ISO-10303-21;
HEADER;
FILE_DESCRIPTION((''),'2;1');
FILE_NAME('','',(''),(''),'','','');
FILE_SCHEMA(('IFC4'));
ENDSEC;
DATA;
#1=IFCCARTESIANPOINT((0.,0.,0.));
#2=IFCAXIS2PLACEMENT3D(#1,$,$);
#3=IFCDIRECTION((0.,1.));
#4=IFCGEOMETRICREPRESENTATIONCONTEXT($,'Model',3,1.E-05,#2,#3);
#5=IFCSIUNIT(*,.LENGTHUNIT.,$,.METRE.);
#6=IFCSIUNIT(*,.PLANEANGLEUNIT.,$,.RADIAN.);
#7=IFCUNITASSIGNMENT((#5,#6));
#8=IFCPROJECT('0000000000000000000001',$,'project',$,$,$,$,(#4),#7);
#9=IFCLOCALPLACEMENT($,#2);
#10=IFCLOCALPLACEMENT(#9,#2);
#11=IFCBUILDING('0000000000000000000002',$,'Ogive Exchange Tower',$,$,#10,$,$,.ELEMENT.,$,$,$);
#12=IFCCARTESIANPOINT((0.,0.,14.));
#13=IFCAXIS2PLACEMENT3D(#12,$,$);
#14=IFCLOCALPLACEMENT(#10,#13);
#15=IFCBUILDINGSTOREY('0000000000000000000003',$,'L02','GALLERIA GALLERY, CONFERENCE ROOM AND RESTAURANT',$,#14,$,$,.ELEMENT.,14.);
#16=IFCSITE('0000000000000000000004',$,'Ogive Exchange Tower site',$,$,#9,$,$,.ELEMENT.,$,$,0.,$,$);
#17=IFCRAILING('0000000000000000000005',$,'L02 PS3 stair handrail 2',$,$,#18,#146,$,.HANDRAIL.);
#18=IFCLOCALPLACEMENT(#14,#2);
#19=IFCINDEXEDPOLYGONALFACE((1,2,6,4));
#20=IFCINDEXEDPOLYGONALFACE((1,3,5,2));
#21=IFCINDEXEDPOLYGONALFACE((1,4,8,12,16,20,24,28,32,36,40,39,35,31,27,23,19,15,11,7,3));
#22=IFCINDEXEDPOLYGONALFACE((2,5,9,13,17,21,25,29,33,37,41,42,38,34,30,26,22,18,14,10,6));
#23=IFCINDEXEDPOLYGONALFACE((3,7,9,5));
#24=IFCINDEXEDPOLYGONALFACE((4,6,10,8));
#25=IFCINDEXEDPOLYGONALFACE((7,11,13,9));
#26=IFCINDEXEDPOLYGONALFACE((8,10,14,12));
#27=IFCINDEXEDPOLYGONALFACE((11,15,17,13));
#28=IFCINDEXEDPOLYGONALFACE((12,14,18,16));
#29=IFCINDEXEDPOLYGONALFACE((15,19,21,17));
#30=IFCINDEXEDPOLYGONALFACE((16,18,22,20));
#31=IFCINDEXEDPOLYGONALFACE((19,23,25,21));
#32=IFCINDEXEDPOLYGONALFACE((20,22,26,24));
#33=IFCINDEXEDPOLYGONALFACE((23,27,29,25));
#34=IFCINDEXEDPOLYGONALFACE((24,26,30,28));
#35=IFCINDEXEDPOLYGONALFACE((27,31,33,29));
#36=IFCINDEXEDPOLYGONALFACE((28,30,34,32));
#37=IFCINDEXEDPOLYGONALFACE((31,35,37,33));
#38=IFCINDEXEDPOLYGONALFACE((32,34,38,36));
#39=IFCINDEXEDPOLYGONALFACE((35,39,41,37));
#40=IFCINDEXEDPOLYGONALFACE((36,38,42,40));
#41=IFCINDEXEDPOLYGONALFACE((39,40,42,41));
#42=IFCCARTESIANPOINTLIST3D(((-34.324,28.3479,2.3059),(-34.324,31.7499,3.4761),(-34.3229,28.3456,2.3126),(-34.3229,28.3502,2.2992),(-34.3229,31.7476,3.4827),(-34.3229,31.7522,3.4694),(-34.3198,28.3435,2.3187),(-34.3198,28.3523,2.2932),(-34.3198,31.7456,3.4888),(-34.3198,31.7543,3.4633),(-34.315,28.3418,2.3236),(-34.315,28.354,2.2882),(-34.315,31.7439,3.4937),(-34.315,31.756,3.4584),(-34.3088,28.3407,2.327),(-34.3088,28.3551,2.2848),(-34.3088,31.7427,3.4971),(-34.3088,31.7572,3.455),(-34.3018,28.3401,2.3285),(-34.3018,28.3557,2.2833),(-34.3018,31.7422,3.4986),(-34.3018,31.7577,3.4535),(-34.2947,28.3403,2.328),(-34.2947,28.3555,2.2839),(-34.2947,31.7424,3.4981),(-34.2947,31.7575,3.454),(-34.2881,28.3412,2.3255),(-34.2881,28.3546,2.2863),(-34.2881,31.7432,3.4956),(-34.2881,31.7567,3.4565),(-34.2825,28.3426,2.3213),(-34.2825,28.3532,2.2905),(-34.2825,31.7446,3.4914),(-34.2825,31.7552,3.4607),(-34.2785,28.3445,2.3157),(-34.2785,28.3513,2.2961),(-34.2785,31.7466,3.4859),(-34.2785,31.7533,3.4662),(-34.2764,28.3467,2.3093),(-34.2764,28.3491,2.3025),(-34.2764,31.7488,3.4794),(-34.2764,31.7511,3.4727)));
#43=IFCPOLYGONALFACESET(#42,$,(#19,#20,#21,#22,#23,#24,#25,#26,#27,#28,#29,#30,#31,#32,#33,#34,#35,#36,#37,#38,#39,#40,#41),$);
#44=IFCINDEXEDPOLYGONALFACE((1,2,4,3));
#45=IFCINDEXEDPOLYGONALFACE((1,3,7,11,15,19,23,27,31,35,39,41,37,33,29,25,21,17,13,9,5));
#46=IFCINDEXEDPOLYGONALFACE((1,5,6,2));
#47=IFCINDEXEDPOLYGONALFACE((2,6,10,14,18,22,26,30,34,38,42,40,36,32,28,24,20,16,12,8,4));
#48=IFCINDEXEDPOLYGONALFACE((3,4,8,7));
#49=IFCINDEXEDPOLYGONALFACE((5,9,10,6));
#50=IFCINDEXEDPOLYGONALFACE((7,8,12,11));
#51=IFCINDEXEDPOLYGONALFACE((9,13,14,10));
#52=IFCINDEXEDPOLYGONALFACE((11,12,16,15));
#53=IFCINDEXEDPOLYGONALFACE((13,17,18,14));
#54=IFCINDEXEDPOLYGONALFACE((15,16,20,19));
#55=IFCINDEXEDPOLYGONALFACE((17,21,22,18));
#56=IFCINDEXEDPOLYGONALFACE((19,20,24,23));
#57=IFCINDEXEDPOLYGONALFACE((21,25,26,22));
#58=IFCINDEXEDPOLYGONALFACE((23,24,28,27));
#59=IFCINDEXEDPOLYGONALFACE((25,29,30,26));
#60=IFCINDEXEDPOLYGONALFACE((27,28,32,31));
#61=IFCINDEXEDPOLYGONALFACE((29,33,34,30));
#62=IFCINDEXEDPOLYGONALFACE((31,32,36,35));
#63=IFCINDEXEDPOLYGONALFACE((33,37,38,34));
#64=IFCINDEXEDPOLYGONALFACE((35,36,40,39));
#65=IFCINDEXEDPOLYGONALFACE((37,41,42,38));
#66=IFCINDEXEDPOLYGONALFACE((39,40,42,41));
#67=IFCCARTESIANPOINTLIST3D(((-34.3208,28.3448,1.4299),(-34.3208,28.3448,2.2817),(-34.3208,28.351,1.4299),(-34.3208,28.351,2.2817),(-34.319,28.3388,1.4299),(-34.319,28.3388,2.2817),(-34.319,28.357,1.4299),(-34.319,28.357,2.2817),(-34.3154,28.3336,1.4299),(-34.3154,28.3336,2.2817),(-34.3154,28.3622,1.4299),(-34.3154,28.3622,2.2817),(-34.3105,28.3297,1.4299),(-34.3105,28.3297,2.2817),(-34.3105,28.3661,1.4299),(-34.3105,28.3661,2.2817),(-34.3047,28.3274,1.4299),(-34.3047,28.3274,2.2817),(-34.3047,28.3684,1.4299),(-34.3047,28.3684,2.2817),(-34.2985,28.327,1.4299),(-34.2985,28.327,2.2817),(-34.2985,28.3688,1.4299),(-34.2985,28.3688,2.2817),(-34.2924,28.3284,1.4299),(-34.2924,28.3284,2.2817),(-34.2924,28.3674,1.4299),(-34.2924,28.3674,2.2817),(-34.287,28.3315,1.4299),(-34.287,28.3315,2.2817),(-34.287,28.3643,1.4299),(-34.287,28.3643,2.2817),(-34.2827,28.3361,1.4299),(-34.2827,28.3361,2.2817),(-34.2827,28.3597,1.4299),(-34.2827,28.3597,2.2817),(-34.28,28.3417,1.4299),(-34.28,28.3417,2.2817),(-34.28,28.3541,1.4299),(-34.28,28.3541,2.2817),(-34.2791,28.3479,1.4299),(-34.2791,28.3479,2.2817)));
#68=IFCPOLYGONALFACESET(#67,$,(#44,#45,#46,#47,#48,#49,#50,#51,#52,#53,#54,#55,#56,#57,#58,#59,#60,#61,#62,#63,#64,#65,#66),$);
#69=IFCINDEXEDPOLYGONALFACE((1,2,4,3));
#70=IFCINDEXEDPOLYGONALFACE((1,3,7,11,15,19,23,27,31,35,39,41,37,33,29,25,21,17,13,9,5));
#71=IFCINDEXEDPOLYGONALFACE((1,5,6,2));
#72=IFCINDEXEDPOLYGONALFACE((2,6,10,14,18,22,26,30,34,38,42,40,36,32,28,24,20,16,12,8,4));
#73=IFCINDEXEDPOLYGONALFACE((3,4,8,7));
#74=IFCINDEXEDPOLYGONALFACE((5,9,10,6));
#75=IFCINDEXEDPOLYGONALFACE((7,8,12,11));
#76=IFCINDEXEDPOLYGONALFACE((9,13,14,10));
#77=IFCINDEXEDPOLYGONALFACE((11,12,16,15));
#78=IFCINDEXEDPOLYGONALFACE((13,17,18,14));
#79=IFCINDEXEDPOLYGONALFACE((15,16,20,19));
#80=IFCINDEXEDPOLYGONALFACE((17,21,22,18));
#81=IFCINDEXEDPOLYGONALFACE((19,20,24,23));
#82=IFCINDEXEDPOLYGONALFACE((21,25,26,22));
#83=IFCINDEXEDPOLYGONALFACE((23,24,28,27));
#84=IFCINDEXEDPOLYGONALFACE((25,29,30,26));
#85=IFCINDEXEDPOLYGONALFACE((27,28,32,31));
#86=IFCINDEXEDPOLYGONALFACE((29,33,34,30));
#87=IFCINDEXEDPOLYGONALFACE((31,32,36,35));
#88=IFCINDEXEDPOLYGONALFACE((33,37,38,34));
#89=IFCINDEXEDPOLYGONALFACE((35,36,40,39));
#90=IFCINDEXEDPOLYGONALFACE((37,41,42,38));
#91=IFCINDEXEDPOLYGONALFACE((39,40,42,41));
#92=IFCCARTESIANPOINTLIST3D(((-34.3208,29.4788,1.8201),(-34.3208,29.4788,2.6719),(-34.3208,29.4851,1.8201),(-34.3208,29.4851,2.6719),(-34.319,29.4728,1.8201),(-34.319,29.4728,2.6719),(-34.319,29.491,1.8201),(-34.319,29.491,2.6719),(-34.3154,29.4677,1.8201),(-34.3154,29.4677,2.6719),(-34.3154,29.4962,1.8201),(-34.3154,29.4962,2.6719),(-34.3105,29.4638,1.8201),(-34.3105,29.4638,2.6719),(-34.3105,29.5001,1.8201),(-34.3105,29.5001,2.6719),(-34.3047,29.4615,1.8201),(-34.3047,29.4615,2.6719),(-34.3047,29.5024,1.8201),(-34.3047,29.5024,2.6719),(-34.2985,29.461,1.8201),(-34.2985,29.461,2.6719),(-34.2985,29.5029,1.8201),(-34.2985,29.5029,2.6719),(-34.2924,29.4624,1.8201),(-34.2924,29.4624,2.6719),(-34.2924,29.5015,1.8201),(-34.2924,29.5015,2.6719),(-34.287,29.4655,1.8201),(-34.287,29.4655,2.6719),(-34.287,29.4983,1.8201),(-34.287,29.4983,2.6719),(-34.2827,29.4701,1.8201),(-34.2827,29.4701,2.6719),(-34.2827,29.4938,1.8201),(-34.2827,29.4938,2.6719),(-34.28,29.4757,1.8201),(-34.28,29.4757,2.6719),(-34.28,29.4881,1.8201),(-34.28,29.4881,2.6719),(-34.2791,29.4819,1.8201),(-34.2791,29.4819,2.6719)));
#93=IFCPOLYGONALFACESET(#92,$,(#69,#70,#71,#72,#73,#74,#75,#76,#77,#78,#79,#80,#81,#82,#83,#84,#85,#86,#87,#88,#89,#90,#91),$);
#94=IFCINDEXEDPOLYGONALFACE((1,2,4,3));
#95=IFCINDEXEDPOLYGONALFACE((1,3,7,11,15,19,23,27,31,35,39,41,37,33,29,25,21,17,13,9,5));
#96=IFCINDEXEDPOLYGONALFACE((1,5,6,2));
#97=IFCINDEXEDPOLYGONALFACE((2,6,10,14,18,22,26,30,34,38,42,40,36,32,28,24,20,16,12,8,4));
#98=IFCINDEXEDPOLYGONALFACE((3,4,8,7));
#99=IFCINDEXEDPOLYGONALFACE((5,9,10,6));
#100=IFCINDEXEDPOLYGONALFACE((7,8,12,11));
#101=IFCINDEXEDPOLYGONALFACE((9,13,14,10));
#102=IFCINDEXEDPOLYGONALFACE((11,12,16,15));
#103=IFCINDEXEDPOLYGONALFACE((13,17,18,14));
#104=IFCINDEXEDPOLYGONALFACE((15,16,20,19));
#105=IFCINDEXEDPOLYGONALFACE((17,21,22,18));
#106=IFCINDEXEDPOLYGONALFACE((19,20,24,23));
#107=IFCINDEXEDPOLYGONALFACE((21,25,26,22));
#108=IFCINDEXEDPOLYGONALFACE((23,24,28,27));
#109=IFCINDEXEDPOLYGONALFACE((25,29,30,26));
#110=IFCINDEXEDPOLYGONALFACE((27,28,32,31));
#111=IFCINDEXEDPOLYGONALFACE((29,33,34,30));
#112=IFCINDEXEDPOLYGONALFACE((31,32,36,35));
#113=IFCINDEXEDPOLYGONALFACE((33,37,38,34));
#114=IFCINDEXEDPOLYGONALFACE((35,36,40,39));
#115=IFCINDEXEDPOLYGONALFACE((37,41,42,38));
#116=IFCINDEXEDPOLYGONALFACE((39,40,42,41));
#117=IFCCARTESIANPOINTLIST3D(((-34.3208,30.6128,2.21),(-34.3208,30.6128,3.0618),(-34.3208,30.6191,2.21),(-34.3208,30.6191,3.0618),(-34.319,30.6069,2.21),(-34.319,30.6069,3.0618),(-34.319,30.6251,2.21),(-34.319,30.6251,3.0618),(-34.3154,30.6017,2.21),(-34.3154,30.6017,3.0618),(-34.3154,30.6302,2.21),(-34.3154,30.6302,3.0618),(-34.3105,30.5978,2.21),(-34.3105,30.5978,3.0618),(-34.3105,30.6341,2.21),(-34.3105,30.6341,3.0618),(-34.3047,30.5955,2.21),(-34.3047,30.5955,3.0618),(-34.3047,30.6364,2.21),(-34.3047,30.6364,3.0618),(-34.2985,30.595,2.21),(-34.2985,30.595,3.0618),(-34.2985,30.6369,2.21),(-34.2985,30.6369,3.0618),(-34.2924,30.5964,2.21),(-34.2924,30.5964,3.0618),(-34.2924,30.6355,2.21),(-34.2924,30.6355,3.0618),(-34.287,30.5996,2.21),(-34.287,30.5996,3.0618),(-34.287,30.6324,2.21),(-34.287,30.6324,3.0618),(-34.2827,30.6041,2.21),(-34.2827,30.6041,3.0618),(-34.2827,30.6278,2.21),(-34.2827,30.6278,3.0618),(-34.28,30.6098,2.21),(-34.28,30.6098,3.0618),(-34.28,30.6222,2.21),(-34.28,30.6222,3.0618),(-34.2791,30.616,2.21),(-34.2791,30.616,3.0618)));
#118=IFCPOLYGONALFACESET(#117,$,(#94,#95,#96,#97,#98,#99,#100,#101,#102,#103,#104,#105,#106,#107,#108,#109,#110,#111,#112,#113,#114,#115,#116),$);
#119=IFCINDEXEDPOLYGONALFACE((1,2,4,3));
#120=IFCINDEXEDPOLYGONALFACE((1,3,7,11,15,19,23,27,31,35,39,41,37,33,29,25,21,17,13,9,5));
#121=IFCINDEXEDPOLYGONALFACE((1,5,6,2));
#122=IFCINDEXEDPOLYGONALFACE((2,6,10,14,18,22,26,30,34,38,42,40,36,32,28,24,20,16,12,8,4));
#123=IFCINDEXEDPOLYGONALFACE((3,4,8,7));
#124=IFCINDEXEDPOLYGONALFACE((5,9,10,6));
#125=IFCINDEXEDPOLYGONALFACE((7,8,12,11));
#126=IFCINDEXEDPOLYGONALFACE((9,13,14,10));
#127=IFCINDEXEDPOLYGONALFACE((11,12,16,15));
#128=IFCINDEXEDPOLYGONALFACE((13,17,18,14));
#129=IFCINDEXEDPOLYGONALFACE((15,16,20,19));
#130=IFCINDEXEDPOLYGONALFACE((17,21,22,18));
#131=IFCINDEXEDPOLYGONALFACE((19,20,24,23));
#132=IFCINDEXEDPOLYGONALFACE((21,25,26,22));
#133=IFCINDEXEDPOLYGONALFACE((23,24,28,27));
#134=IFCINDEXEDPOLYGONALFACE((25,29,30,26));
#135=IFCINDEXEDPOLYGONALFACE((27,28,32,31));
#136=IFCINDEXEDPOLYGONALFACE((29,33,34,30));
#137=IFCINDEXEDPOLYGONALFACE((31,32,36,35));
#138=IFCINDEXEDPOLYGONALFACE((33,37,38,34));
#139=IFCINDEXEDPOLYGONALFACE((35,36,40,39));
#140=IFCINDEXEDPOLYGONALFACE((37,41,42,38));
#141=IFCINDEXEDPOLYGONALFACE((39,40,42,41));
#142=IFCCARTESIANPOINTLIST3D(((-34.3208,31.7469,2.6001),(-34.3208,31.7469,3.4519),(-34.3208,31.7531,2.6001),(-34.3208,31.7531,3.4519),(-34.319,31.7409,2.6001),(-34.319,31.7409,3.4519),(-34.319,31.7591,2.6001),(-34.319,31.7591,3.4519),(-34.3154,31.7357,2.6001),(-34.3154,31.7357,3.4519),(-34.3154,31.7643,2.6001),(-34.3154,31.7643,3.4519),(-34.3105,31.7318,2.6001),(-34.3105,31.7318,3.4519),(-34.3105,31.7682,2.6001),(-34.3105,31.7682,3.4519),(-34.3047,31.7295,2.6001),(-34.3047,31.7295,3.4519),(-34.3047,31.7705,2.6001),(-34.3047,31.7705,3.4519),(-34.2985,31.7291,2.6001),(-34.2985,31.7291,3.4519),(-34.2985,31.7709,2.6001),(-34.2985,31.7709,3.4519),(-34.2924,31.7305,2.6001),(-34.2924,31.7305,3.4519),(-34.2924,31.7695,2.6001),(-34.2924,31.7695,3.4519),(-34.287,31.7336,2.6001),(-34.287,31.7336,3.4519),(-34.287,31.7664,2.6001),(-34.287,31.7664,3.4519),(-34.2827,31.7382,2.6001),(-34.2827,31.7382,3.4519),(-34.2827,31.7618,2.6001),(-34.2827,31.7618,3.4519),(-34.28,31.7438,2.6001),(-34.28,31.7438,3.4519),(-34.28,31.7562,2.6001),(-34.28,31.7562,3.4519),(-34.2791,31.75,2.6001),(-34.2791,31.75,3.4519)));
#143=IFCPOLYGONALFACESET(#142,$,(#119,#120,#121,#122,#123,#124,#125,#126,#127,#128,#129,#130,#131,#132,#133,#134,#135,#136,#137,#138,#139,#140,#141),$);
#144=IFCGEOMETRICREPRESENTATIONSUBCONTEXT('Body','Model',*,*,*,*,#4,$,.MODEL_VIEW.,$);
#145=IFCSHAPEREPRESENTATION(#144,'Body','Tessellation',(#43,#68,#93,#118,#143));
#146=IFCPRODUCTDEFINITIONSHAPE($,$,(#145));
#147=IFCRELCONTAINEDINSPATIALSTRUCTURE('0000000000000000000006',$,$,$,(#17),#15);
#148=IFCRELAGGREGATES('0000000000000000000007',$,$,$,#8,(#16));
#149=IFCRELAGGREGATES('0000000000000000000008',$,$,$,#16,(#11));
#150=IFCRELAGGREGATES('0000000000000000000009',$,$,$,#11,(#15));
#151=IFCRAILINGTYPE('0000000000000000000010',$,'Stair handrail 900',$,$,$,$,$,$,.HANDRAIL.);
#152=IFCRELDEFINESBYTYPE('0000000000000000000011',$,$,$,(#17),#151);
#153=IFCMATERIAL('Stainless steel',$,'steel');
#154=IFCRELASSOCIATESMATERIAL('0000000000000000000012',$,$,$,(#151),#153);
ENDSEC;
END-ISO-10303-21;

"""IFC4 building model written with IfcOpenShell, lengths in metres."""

from ifc_helpers import new_model, si_unit, direction, frame, origin, origin_2d, place, context, subcontext, project, spatial, circle, extrude, material, type_object, element, save


model = new_model("IFC4")

# Units and contexts
model_context = context("Model", 3, precision=1e-05, world=origin(), true_north=direction((0.0, 1.0)))
body_context = subcontext(model_context, "Body", "Model", "MODEL_VIEW")
ifc_project = project(units=[si_unit("LENGTHUNIT", "METRE"), si_unit("PLANEANGLEUNIT", "RADIAN")], contexts=[model_context])

# Site, building, storey
site_placement = place(None, origin())
site = spatial("IfcSite", under=ifc_project, at=site_placement, Name="Ogive Exchange Tower site", CompositionType="ELEMENT", RefElevation=0.0)
building_placement = place(site_placement, origin())
building = spatial("IfcBuilding", under=site, at=building_placement, Name="Ogive Exchange Tower", CompositionType="ELEMENT")
storey_placement = place(building_placement, frame((0.0, 0.0, 14.0)))
storey = spatial("IfcBuildingStorey", under=building, at=storey_placement, Name="L02", Description="GALLERIA GALLERY, CONFERENCE ROOM AND RESTAURANT", CompositionType="ELEMENT", Elevation=14.0)

# Railing
ifc_material_1 = material(Name="Stainless steel", Category="steel")
railing_type = type_object("IfcRailingType", Name="Stair handrail 900", PredefinedType="HANDRAIL", material=ifc_material_1)
railing_1_placement = place(storey_placement, frame((-34.3, 28.3479, 1.4299)))
element("IfcRailing", 1, at=railing_1_placement, inside=storey, type_object=railing_type, Name="L02 PS3 stair handrail 2", PredefinedType="HANDRAIL", context=body_context, shape_type="SweptSolid", body=[
    extrude(circle(Radius=0.0239, at=origin_2d()), frame((0.0, 0.0, 0.876), z_axis=(0.0, 0.945627, 0.325252), x_axis=(-1.0, 0.0, 0.0)), (0.0, 0.0, 1.0), 3.5977),
    extrude(circle(Radius=0.021, at=origin_2d()), origin(), (0.0, 0.0, 1.0), 0.8518),
    extrude(circle(Radius=0.021, at=origin_2d()), frame((0.0, 1.134, 0.3901)), (0.0, 0.0, 1.0), 0.8518),
    extrude(circle(Radius=0.021, at=origin_2d()), frame((0.0, 2.2681, 0.78)), (0.0, 0.0, 1.0), 0.8518),
    extrude(circle(Radius=0.021, at=origin_2d()), frame((0.0, 3.4021, 1.1702)), (0.0, 0.0, 1.0), 0.8518),
])

save(model, "model.ifc")
